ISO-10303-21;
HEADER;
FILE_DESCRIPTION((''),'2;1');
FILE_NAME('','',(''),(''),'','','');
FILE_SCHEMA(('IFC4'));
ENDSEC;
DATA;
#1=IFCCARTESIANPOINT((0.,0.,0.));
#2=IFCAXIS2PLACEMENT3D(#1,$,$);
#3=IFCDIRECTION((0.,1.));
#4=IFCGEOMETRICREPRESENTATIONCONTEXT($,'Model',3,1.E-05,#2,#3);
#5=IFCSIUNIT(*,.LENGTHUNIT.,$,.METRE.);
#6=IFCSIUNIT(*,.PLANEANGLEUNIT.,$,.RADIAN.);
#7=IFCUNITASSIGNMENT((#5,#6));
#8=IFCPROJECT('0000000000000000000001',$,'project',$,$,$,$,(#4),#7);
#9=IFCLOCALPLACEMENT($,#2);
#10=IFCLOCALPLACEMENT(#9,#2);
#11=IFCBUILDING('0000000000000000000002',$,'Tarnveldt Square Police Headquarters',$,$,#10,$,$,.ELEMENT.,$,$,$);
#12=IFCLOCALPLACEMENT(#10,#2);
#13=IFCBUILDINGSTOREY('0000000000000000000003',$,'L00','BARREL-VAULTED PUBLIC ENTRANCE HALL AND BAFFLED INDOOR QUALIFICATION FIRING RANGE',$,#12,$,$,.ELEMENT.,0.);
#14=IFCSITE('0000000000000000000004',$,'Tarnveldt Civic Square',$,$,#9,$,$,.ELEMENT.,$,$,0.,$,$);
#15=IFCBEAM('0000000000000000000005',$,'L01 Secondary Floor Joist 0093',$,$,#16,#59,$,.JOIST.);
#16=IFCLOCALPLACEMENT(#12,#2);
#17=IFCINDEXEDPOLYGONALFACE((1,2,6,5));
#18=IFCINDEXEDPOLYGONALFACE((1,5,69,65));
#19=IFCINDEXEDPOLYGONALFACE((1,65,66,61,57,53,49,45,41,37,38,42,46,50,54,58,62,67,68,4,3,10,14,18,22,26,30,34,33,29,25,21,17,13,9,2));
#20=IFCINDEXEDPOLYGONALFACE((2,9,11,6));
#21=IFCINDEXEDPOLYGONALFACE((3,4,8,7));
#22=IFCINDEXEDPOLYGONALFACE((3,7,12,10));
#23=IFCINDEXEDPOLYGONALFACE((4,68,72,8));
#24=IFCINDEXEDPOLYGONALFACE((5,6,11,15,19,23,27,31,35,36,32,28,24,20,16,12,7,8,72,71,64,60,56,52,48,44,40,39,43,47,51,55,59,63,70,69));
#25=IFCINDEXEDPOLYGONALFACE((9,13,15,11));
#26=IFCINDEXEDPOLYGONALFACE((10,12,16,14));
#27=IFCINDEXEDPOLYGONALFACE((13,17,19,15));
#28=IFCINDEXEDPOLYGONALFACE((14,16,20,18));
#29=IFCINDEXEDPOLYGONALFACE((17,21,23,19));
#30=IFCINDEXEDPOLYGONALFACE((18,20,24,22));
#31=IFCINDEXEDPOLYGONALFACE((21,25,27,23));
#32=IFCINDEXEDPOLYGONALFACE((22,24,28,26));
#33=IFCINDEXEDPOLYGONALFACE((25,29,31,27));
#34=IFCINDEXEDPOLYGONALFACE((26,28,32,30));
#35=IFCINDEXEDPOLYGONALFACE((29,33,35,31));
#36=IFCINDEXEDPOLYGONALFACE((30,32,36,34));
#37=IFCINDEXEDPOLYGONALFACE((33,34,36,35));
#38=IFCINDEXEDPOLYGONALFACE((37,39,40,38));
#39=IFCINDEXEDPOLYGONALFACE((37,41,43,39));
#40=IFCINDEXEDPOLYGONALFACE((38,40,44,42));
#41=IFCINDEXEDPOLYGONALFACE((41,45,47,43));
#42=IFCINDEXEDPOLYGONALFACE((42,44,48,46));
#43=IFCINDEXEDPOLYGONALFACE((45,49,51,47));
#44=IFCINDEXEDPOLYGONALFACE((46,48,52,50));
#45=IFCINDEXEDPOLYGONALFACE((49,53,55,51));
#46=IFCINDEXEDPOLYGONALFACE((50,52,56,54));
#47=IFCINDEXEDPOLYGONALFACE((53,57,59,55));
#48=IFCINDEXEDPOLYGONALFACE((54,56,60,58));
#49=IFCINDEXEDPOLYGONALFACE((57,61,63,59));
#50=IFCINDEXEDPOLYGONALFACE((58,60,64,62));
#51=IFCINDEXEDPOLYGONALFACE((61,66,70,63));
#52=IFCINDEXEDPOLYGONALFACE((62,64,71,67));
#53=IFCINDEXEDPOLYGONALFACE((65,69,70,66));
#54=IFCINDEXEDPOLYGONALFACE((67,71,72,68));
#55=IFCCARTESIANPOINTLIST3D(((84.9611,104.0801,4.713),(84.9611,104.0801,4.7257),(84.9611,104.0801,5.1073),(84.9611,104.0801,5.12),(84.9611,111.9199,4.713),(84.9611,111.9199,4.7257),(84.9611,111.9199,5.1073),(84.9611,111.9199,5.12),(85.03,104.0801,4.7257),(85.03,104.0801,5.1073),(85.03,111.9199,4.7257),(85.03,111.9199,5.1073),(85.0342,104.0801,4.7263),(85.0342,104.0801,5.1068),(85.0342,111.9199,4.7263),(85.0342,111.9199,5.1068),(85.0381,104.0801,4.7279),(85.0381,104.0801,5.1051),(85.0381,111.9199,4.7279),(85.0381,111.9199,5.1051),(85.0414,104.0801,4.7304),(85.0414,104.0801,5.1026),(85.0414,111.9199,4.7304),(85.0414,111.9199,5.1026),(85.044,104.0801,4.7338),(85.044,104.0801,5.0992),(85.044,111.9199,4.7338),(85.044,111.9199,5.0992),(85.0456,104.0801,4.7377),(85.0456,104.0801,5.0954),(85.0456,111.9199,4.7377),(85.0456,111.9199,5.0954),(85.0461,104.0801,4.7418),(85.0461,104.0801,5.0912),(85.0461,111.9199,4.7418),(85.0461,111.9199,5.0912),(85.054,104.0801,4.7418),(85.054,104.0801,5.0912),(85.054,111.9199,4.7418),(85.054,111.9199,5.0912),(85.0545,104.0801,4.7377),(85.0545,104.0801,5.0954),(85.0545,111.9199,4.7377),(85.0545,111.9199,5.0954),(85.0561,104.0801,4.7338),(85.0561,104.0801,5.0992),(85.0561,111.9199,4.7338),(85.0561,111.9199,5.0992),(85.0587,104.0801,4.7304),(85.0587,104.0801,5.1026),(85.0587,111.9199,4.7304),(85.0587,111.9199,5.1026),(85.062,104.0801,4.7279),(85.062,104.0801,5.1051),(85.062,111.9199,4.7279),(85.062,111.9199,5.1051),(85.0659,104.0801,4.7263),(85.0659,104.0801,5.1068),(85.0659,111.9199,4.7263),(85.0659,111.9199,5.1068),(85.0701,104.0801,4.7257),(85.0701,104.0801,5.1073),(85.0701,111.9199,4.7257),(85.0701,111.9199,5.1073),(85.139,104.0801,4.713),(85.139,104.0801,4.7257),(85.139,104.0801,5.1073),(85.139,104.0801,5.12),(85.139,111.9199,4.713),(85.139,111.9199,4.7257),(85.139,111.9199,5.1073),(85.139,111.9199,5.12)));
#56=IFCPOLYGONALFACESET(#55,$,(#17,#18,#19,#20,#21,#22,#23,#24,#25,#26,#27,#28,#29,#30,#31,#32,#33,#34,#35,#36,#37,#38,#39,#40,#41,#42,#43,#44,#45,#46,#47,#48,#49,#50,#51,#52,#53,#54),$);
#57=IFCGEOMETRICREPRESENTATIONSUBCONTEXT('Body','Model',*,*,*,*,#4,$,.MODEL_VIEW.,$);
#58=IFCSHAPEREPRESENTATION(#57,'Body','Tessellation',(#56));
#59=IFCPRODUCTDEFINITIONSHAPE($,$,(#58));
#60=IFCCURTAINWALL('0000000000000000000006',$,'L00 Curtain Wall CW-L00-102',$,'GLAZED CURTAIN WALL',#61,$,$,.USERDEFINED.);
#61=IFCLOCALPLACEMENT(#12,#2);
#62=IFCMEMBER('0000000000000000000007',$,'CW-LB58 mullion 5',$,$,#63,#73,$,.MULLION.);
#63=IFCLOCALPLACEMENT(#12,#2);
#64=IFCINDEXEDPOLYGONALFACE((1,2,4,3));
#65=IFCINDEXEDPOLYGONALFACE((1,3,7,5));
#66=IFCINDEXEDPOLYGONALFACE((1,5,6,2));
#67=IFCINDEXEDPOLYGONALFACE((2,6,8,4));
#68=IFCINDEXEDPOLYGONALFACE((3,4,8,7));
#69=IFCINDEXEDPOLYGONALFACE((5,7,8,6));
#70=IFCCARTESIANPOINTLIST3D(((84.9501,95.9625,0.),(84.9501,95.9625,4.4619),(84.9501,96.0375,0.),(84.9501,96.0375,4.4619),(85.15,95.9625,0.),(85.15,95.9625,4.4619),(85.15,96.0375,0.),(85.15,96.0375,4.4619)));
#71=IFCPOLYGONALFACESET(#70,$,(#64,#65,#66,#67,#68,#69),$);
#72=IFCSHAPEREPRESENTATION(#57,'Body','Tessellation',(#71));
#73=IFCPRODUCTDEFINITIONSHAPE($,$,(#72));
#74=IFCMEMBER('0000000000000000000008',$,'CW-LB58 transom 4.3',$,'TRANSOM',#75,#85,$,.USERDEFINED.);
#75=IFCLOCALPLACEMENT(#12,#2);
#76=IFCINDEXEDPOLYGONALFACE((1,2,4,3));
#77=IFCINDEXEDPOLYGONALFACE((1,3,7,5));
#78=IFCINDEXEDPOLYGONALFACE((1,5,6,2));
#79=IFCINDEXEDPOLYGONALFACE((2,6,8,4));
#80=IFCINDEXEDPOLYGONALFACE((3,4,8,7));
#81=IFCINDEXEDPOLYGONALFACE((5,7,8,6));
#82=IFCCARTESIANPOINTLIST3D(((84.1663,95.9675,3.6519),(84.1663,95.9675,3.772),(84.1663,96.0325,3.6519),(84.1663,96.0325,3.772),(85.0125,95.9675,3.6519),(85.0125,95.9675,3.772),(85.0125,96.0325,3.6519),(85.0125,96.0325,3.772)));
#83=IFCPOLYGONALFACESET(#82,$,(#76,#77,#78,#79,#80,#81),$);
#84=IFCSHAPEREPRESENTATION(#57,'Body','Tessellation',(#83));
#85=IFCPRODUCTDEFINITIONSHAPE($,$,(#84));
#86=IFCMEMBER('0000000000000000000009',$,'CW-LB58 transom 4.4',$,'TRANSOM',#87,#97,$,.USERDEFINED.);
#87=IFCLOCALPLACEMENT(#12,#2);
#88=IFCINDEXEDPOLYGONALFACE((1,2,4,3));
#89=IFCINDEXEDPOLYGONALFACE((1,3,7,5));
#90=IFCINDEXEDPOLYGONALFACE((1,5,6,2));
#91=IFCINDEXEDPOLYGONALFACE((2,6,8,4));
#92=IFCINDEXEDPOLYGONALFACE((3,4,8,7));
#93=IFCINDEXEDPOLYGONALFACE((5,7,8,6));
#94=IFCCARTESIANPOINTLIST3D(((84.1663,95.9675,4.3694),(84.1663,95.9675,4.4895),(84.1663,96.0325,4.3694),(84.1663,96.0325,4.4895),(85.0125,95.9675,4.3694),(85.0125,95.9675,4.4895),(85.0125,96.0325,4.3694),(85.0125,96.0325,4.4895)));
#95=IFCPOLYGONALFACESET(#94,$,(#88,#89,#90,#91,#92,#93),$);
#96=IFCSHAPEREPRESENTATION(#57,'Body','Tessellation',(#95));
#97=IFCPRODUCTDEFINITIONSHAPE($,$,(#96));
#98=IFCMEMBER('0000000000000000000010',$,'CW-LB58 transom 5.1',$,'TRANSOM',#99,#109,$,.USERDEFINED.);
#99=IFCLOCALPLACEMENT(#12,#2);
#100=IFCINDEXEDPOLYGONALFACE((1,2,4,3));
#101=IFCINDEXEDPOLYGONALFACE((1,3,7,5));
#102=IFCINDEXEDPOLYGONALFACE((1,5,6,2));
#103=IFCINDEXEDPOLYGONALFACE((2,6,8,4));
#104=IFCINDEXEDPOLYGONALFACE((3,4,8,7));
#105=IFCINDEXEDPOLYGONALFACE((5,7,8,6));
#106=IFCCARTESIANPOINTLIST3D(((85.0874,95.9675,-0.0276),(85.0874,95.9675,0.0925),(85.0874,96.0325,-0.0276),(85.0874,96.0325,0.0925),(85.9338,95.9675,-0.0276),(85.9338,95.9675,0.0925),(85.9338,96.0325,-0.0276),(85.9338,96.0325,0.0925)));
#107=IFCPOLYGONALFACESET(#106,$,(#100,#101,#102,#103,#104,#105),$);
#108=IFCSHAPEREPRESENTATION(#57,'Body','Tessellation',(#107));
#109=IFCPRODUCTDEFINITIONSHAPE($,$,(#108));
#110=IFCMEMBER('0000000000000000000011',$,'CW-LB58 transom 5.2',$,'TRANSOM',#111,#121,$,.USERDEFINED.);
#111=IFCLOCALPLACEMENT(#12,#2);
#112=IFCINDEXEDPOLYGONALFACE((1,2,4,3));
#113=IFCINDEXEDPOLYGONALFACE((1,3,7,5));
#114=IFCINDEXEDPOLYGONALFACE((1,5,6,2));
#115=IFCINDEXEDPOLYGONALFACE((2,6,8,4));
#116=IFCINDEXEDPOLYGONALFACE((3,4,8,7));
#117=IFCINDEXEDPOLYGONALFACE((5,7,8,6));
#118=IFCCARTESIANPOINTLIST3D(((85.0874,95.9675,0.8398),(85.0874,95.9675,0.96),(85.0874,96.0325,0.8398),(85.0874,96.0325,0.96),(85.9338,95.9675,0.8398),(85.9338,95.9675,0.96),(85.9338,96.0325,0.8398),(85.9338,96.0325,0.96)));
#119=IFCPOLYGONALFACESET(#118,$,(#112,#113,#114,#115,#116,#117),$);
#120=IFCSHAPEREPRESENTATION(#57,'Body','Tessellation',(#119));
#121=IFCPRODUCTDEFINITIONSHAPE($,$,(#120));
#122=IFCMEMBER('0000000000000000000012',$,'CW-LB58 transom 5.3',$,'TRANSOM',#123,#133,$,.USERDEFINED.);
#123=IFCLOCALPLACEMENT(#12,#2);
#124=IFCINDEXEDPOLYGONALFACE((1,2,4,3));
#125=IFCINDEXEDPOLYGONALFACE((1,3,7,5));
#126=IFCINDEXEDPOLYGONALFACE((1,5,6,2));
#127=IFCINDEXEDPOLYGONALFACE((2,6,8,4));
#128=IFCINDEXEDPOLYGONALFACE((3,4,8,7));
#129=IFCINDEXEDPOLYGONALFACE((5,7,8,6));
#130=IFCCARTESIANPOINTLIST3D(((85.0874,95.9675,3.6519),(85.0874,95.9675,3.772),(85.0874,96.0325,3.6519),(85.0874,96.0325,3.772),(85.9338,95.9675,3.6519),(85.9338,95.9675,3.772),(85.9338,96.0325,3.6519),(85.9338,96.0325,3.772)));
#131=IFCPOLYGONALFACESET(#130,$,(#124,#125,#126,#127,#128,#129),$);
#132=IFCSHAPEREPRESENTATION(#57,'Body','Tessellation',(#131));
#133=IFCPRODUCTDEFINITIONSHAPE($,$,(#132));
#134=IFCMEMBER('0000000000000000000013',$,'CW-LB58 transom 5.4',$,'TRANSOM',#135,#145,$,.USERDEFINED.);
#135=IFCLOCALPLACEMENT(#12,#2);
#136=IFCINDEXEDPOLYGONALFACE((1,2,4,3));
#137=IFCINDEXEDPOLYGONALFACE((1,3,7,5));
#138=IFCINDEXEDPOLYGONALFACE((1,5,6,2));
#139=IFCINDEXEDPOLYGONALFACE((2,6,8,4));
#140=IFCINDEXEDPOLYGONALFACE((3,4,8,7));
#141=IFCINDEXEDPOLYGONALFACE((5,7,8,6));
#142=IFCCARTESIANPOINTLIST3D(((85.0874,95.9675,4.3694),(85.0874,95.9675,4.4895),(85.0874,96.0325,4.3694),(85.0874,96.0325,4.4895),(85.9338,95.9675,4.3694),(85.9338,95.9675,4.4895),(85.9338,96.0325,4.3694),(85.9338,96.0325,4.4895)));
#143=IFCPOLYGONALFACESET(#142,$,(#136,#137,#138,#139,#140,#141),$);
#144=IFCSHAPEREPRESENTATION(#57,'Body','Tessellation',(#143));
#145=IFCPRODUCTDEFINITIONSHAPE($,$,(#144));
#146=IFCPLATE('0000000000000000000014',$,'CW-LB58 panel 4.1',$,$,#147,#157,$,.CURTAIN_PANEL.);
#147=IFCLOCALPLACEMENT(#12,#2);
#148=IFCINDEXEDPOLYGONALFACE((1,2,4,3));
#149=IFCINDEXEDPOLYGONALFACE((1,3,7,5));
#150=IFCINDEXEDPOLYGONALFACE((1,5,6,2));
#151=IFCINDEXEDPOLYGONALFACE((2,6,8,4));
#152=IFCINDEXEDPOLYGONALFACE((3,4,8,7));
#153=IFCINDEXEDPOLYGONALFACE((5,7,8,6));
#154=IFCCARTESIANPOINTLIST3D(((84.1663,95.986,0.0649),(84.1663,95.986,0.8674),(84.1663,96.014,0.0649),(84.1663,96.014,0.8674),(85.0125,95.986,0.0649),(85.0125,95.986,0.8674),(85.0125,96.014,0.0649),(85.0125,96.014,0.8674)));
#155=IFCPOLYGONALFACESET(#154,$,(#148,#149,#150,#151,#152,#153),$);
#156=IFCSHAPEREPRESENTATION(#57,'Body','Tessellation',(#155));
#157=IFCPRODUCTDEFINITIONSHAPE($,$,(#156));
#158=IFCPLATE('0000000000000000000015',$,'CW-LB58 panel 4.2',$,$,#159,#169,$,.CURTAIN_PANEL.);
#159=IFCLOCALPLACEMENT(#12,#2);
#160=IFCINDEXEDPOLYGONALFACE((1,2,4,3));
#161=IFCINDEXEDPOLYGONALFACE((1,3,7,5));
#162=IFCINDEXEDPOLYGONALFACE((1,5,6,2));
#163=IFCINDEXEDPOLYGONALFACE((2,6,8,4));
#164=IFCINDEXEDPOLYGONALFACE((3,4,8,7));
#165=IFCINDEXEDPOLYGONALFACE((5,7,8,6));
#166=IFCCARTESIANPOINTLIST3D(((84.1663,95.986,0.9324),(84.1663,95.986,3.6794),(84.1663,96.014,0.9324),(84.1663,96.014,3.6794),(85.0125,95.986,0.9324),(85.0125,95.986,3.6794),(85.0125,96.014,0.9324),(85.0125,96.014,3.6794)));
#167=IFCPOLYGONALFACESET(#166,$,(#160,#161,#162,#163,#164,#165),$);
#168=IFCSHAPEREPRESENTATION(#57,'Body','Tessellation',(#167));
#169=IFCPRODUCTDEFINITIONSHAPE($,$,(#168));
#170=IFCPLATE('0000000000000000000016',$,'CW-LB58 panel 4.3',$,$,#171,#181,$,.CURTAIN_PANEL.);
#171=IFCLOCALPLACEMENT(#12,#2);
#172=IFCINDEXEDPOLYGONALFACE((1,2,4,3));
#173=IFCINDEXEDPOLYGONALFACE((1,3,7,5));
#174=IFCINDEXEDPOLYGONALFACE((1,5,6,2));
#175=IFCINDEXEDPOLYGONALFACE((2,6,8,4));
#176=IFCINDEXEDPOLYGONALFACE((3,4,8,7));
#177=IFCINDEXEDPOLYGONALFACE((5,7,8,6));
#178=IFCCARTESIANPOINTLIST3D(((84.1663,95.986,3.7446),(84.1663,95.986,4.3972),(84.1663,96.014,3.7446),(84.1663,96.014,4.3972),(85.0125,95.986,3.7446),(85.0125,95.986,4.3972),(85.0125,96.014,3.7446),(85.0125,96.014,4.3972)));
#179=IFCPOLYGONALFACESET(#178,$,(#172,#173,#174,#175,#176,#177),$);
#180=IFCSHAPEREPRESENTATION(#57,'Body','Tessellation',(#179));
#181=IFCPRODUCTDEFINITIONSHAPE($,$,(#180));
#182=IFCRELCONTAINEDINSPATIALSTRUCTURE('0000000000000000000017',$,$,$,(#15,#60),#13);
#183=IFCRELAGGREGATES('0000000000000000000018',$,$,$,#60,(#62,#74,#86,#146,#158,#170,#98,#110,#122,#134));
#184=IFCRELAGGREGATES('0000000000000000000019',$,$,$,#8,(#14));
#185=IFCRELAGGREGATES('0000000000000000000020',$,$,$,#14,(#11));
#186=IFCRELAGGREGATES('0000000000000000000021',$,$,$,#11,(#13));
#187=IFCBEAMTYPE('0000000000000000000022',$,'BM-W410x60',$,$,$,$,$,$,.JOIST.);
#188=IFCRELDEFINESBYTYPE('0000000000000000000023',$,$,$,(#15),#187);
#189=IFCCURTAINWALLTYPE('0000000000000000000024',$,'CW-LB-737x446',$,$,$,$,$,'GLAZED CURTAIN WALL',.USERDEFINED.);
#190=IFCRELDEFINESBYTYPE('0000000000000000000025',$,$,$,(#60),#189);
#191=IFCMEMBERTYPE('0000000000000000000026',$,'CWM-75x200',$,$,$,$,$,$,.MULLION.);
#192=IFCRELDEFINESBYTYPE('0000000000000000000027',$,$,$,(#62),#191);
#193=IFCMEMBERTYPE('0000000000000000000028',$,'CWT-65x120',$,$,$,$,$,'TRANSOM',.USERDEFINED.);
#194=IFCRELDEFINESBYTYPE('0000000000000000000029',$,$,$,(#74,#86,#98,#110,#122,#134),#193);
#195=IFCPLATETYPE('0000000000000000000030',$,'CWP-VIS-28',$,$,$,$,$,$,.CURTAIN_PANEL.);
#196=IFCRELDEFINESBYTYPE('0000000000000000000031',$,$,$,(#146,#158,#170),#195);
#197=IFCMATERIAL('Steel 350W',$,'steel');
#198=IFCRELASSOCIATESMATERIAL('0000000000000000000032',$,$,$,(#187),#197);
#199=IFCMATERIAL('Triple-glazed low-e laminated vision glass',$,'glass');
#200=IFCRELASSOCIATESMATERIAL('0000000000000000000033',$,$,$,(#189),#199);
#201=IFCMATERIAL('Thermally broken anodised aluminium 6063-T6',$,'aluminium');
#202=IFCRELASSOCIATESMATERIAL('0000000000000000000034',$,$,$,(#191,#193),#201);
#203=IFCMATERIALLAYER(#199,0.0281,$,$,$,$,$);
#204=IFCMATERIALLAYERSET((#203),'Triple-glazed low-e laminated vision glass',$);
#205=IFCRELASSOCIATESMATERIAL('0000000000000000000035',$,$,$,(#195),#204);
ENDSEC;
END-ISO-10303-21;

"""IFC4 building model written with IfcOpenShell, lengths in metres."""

from ifc_helpers import new_model, si_unit, direction, frame, origin, origin_2d, place, context, subcontext, project, spatial, rectangle, i_section, extrude, material, layer, layer_set, material_profile, profile_set, type_object, element, aggregate, save


model = new_model("IFC4")

# Units and contexts
model_context = context("Model", 3, precision=1e-05, world=origin(), true_north=direction((0.0, 1.0)))
body_context = subcontext(model_context, "Body", "Model", "MODEL_VIEW")
ifc_project = project(units=[si_unit("LENGTHUNIT", "METRE"), si_unit("PLANEANGLEUNIT", "RADIAN")], contexts=[model_context])

# Site, building, storey
site_placement = place(None, origin())
site = spatial("IfcSite", under=ifc_project, at=site_placement, Name="Tarnveldt Civic Square", CompositionType="ELEMENT", RefElevation=0.0)
building_placement = place(site_placement, origin())
building = spatial("IfcBuilding", under=site, at=building_placement, Name="Tarnveldt Square Police Headquarters", CompositionType="ELEMENT")
storey_placement = place(building_placement, origin())
storey = spatial("IfcBuildingStorey", under=building, at=storey_placement, Name="L00", Description="BARREL-VAULTED PUBLIC ENTRANCE HALL AND BAFFLED INDOOR QUALIFICATION FIRING RANGE", CompositionType="ELEMENT", Elevation=0.0)

# Beam
ifc_material_1 = material(Name="Steel 350W", Category="steel")
ifc_material_profile_1 = material_profile(ifc_material_1, i_section(OverallWidth=0.178, OverallDepth=0.407, WebThickness=0.0078, FlangeThickness=0.0127, FilletRadius=0.0161, at=origin_2d()), Name="W410x60")
ifc_profile_set_1 = profile_set([ifc_material_profile_1], Name="Steel 350W")
beam_type_1 = type_object("IfcBeamType", Name="BM-W410x60", PredefinedType="JOIST", material=ifc_profile_set_1)
for number, where, z_axis, x_axis, name in (
    (1, (85.05, 104.0801, 4.9165), (0.0, 1.0, 0.0), (-1.0, 0.0, 0.0), "L01 Secondary Floor Joist 0093"),
):
    element("IfcBeam", number, at=place(storey_placement, frame(where, z_axis=z_axis, x_axis=x_axis)), inside=storey, type_object=beam_type_1, Name=name, PredefinedType="JOIST", context=body_context, shape_type="SweptSolid", body=[
        extrude(i_section(OverallWidth=0.178, OverallDepth=0.407, WebThickness=0.0078, FlangeThickness=0.0127, FilletRadius=0.0161, at=origin_2d()), origin(), (0.0, 0.0, 1.0), 7.8398),
    ])

# Curtain wall, members, plates
ifc_material_2 = material(Name="Triple-glazed low-e laminated vision glass", Category="glass")
curtain_wall_type = type_object("IfcCurtainWallType", Name="CW-LB-737x446", ElementType="GLAZED CURTAIN WALL", PredefinedType="USERDEFINED", material=ifc_material_2)
curtain_wall_placement = place(storey_placement, origin())
curtain_wall = element("IfcCurtainWall", 2, at=curtain_wall_placement, inside=storey, type_object=curtain_wall_type, Name="L00 Curtain Wall CW-L00-102", ObjectType="GLAZED CURTAIN WALL", PredefinedType="USERDEFINED")
ifc_material_3 = material(Name="Thermally broken anodised aluminium 6063-T6", Category="aluminium")
ifc_material_profile_2 = material_profile(ifc_material_3, rectangle(XDim=0.075, YDim=0.2, at=origin_2d()), Name="CW-M75x200")
ifc_profile_set_2 = profile_set([ifc_material_profile_2], Name="Thermally broken anodised aluminium 6063-T6")
member_type_1 = type_object("IfcMemberType", Name="CWM-75x200", PredefinedType="MULLION", material=ifc_profile_set_2)
member_1_placement = place(storey_placement, frame((85.05, 96.0, 0.0), z_axis=(0.0, 0.0, 1.0), x_axis=(0.0, 1.0, 0.0)))
member_1 = element("IfcMember", 3, at=member_1_placement, type_object=member_type_1, Name="CW-LB58 mullion 5", PredefinedType="MULLION", context=body_context, shape_type="SweptSolid", body=[
    extrude(rectangle(XDim=0.075, YDim=0.2, at=origin_2d()), origin(), (0.0, 0.0, 1.0), 4.4619),
])
ifc_material_profile_3 = material_profile(ifc_material_3, rectangle(XDim=0.0649, YDim=0.1201, at=origin_2d()), Name="CW-T65x120")
ifc_profile_set_3 = profile_set([ifc_material_profile_3], Name="Thermally broken anodised aluminium 6063-T6")
member_type_2 = type_object("IfcMemberType", Name="CWT-65x120", ElementType="TRANSOM", PredefinedType="USERDEFINED", material=ifc_profile_set_3)
member_2_placement = place(storey_placement, frame((84.1663, 96.0, 3.7119), z_axis=(1.0, 0.0, 0.0), x_axis=(0.0, 1.0, 0.0)))
member_2 = element("IfcMember", 4, at=member_2_placement, type_object=member_type_2, Name="CW-LB58 transom 4.3", ObjectType="TRANSOM", PredefinedType="USERDEFINED", context=body_context, shape_type="SweptSolid", body=[
    extrude(rectangle(XDim=0.0649, YDim=0.1201, at=origin_2d()), origin(), (0.0, 0.0, 1.0), 0.8462),
])
member_3_placement = place(storey_placement, frame((84.1663, 96.0, 4.4294), z_axis=(1.0, 0.0, 0.0), x_axis=(0.0, 1.0, 0.0)))
member_3 = element("IfcMember", 5, at=member_3_placement, type_object=member_type_2, Name="CW-LB58 transom 4.4", ObjectType="TRANSOM", PredefinedType="USERDEFINED", context=body_context, shape_type="SweptSolid", body=[
    extrude(rectangle(XDim=0.0649, YDim=0.1201, at=origin_2d()), origin(), (0.0, 0.0, 1.0), 0.8462),
])
member_4_placement = place(storey_placement, frame((85.0874, 96.0, 0.0325), z_axis=(1.0, 0.0, 0.0), x_axis=(0.0, 1.0, 0.0)))
member_4 = element("IfcMember", 6, at=member_4_placement, type_object=member_type_2, Name="CW-LB58 transom 5.1", ObjectType="TRANSOM", PredefinedType="USERDEFINED", context=body_context, shape_type="SweptSolid", body=[
    extrude(rectangle(XDim=0.0649, YDim=0.1201, at=origin_2d()), origin(), (0.0, 0.0, 1.0), 0.8464),
])
member_5_placement = place(storey_placement, frame((85.0874, 96.0, 0.8999), z_axis=(1.0, 0.0, 0.0), x_axis=(0.0, 1.0, 0.0)))
member_5 = element("IfcMember", 7, at=member_5_placement, type_object=member_type_2, Name="CW-LB58 transom 5.2", ObjectType="TRANSOM", PredefinedType="USERDEFINED", context=body_context, shape_type="SweptSolid", body=[
    extrude(rectangle(XDim=0.0649, YDim=0.1201, at=origin_2d()), origin(), (0.0, 0.0, 1.0), 0.8464),
])
member_6_placement = place(storey_placement, frame((85.0874, 96.0, 3.7119), z_axis=(1.0, 0.0, 0.0), x_axis=(0.0, 1.0, 0.0)))
member_6 = element("IfcMember", 8, at=member_6_placement, type_object=member_type_2, Name="CW-LB58 transom 5.3", ObjectType="TRANSOM", PredefinedType="USERDEFINED", context=body_context, shape_type="SweptSolid", body=[
    extrude(rectangle(XDim=0.0649, YDim=0.1201, at=origin_2d()), origin(), (0.0, 0.0, 1.0), 0.8464),
])
member_7_placement = place(storey_placement, frame((85.0874, 96.0, 4.4294), z_axis=(1.0, 0.0, 0.0), x_axis=(0.0, 1.0, 0.0)))
member_7 = element("IfcMember", 9, at=member_7_placement, type_object=member_type_2, Name="CW-LB58 transom 5.4", ObjectType="TRANSOM", PredefinedType="USERDEFINED", context=body_context, shape_type="SweptSolid", body=[
    extrude(rectangle(XDim=0.0649, YDim=0.1201, at=origin_2d()), origin(), (0.0, 0.0, 1.0), 0.8464),
])
ifc_layer_1 = layer(ifc_material_2, 0.0281)
ifc_layer_set_1 = layer_set([ifc_layer_1], Name="Triple-glazed low-e laminated vision glass")
plate_type = type_object("IfcPlateType", Name="CWP-VIS-28", PredefinedType="CURTAIN_PANEL", material=ifc_layer_set_1)
plate_1_placement = place(storey_placement, frame((84.5894, 96.0, 0.0649), z_axis=(0.0, 0.0, 1.0), x_axis=(1.0, 0.0, 0.0)))
plate_1 = element("IfcPlate", 10, at=plate_1_placement, type_object=plate_type, Name="CW-LB58 panel 4.1", PredefinedType="CURTAIN_PANEL", context=body_context, shape_type="SweptSolid", body=[
    extrude(rectangle(XDim=0.8462, YDim=0.0281, at=origin_2d()), origin(), (0.0, 0.0, 1.0), 0.8025),
])
plate_2_placement = place(storey_placement, frame((84.5894, 96.0, 0.9324), z_axis=(0.0, 0.0, 1.0), x_axis=(1.0, 0.0, 0.0)))
plate_2 = element("IfcPlate", 11, at=plate_2_placement, type_object=plate_type, Name="CW-LB58 panel 4.2", PredefinedType="CURTAIN_PANEL", context=body_context, shape_type="SweptSolid", body=[
    extrude(rectangle(XDim=0.8462, YDim=0.0281, at=origin_2d()), origin(), (0.0, 0.0, 1.0), 2.7471),
])
plate_3_placement = place(storey_placement, frame((84.5894, 96.0, 3.7446), z_axis=(0.0, 0.0, 1.0), x_axis=(1.0, 0.0, 0.0)))
plate_3 = element("IfcPlate", 12, at=plate_3_placement, type_object=plate_type, Name="CW-LB58 panel 4.3", PredefinedType="CURTAIN_PANEL", context=body_context, shape_type="SweptSolid", body=[
    extrude(rectangle(XDim=0.8462, YDim=0.0281, at=origin_2d()), origin(), (0.0, 0.0, 1.0), 0.6526),
])
aggregate(curtain_wall, [member_1, member_2, member_3, plate_1, plate_2, plate_3, member_4, member_5, member_6, member_7])

save(model, "model.ifc")
